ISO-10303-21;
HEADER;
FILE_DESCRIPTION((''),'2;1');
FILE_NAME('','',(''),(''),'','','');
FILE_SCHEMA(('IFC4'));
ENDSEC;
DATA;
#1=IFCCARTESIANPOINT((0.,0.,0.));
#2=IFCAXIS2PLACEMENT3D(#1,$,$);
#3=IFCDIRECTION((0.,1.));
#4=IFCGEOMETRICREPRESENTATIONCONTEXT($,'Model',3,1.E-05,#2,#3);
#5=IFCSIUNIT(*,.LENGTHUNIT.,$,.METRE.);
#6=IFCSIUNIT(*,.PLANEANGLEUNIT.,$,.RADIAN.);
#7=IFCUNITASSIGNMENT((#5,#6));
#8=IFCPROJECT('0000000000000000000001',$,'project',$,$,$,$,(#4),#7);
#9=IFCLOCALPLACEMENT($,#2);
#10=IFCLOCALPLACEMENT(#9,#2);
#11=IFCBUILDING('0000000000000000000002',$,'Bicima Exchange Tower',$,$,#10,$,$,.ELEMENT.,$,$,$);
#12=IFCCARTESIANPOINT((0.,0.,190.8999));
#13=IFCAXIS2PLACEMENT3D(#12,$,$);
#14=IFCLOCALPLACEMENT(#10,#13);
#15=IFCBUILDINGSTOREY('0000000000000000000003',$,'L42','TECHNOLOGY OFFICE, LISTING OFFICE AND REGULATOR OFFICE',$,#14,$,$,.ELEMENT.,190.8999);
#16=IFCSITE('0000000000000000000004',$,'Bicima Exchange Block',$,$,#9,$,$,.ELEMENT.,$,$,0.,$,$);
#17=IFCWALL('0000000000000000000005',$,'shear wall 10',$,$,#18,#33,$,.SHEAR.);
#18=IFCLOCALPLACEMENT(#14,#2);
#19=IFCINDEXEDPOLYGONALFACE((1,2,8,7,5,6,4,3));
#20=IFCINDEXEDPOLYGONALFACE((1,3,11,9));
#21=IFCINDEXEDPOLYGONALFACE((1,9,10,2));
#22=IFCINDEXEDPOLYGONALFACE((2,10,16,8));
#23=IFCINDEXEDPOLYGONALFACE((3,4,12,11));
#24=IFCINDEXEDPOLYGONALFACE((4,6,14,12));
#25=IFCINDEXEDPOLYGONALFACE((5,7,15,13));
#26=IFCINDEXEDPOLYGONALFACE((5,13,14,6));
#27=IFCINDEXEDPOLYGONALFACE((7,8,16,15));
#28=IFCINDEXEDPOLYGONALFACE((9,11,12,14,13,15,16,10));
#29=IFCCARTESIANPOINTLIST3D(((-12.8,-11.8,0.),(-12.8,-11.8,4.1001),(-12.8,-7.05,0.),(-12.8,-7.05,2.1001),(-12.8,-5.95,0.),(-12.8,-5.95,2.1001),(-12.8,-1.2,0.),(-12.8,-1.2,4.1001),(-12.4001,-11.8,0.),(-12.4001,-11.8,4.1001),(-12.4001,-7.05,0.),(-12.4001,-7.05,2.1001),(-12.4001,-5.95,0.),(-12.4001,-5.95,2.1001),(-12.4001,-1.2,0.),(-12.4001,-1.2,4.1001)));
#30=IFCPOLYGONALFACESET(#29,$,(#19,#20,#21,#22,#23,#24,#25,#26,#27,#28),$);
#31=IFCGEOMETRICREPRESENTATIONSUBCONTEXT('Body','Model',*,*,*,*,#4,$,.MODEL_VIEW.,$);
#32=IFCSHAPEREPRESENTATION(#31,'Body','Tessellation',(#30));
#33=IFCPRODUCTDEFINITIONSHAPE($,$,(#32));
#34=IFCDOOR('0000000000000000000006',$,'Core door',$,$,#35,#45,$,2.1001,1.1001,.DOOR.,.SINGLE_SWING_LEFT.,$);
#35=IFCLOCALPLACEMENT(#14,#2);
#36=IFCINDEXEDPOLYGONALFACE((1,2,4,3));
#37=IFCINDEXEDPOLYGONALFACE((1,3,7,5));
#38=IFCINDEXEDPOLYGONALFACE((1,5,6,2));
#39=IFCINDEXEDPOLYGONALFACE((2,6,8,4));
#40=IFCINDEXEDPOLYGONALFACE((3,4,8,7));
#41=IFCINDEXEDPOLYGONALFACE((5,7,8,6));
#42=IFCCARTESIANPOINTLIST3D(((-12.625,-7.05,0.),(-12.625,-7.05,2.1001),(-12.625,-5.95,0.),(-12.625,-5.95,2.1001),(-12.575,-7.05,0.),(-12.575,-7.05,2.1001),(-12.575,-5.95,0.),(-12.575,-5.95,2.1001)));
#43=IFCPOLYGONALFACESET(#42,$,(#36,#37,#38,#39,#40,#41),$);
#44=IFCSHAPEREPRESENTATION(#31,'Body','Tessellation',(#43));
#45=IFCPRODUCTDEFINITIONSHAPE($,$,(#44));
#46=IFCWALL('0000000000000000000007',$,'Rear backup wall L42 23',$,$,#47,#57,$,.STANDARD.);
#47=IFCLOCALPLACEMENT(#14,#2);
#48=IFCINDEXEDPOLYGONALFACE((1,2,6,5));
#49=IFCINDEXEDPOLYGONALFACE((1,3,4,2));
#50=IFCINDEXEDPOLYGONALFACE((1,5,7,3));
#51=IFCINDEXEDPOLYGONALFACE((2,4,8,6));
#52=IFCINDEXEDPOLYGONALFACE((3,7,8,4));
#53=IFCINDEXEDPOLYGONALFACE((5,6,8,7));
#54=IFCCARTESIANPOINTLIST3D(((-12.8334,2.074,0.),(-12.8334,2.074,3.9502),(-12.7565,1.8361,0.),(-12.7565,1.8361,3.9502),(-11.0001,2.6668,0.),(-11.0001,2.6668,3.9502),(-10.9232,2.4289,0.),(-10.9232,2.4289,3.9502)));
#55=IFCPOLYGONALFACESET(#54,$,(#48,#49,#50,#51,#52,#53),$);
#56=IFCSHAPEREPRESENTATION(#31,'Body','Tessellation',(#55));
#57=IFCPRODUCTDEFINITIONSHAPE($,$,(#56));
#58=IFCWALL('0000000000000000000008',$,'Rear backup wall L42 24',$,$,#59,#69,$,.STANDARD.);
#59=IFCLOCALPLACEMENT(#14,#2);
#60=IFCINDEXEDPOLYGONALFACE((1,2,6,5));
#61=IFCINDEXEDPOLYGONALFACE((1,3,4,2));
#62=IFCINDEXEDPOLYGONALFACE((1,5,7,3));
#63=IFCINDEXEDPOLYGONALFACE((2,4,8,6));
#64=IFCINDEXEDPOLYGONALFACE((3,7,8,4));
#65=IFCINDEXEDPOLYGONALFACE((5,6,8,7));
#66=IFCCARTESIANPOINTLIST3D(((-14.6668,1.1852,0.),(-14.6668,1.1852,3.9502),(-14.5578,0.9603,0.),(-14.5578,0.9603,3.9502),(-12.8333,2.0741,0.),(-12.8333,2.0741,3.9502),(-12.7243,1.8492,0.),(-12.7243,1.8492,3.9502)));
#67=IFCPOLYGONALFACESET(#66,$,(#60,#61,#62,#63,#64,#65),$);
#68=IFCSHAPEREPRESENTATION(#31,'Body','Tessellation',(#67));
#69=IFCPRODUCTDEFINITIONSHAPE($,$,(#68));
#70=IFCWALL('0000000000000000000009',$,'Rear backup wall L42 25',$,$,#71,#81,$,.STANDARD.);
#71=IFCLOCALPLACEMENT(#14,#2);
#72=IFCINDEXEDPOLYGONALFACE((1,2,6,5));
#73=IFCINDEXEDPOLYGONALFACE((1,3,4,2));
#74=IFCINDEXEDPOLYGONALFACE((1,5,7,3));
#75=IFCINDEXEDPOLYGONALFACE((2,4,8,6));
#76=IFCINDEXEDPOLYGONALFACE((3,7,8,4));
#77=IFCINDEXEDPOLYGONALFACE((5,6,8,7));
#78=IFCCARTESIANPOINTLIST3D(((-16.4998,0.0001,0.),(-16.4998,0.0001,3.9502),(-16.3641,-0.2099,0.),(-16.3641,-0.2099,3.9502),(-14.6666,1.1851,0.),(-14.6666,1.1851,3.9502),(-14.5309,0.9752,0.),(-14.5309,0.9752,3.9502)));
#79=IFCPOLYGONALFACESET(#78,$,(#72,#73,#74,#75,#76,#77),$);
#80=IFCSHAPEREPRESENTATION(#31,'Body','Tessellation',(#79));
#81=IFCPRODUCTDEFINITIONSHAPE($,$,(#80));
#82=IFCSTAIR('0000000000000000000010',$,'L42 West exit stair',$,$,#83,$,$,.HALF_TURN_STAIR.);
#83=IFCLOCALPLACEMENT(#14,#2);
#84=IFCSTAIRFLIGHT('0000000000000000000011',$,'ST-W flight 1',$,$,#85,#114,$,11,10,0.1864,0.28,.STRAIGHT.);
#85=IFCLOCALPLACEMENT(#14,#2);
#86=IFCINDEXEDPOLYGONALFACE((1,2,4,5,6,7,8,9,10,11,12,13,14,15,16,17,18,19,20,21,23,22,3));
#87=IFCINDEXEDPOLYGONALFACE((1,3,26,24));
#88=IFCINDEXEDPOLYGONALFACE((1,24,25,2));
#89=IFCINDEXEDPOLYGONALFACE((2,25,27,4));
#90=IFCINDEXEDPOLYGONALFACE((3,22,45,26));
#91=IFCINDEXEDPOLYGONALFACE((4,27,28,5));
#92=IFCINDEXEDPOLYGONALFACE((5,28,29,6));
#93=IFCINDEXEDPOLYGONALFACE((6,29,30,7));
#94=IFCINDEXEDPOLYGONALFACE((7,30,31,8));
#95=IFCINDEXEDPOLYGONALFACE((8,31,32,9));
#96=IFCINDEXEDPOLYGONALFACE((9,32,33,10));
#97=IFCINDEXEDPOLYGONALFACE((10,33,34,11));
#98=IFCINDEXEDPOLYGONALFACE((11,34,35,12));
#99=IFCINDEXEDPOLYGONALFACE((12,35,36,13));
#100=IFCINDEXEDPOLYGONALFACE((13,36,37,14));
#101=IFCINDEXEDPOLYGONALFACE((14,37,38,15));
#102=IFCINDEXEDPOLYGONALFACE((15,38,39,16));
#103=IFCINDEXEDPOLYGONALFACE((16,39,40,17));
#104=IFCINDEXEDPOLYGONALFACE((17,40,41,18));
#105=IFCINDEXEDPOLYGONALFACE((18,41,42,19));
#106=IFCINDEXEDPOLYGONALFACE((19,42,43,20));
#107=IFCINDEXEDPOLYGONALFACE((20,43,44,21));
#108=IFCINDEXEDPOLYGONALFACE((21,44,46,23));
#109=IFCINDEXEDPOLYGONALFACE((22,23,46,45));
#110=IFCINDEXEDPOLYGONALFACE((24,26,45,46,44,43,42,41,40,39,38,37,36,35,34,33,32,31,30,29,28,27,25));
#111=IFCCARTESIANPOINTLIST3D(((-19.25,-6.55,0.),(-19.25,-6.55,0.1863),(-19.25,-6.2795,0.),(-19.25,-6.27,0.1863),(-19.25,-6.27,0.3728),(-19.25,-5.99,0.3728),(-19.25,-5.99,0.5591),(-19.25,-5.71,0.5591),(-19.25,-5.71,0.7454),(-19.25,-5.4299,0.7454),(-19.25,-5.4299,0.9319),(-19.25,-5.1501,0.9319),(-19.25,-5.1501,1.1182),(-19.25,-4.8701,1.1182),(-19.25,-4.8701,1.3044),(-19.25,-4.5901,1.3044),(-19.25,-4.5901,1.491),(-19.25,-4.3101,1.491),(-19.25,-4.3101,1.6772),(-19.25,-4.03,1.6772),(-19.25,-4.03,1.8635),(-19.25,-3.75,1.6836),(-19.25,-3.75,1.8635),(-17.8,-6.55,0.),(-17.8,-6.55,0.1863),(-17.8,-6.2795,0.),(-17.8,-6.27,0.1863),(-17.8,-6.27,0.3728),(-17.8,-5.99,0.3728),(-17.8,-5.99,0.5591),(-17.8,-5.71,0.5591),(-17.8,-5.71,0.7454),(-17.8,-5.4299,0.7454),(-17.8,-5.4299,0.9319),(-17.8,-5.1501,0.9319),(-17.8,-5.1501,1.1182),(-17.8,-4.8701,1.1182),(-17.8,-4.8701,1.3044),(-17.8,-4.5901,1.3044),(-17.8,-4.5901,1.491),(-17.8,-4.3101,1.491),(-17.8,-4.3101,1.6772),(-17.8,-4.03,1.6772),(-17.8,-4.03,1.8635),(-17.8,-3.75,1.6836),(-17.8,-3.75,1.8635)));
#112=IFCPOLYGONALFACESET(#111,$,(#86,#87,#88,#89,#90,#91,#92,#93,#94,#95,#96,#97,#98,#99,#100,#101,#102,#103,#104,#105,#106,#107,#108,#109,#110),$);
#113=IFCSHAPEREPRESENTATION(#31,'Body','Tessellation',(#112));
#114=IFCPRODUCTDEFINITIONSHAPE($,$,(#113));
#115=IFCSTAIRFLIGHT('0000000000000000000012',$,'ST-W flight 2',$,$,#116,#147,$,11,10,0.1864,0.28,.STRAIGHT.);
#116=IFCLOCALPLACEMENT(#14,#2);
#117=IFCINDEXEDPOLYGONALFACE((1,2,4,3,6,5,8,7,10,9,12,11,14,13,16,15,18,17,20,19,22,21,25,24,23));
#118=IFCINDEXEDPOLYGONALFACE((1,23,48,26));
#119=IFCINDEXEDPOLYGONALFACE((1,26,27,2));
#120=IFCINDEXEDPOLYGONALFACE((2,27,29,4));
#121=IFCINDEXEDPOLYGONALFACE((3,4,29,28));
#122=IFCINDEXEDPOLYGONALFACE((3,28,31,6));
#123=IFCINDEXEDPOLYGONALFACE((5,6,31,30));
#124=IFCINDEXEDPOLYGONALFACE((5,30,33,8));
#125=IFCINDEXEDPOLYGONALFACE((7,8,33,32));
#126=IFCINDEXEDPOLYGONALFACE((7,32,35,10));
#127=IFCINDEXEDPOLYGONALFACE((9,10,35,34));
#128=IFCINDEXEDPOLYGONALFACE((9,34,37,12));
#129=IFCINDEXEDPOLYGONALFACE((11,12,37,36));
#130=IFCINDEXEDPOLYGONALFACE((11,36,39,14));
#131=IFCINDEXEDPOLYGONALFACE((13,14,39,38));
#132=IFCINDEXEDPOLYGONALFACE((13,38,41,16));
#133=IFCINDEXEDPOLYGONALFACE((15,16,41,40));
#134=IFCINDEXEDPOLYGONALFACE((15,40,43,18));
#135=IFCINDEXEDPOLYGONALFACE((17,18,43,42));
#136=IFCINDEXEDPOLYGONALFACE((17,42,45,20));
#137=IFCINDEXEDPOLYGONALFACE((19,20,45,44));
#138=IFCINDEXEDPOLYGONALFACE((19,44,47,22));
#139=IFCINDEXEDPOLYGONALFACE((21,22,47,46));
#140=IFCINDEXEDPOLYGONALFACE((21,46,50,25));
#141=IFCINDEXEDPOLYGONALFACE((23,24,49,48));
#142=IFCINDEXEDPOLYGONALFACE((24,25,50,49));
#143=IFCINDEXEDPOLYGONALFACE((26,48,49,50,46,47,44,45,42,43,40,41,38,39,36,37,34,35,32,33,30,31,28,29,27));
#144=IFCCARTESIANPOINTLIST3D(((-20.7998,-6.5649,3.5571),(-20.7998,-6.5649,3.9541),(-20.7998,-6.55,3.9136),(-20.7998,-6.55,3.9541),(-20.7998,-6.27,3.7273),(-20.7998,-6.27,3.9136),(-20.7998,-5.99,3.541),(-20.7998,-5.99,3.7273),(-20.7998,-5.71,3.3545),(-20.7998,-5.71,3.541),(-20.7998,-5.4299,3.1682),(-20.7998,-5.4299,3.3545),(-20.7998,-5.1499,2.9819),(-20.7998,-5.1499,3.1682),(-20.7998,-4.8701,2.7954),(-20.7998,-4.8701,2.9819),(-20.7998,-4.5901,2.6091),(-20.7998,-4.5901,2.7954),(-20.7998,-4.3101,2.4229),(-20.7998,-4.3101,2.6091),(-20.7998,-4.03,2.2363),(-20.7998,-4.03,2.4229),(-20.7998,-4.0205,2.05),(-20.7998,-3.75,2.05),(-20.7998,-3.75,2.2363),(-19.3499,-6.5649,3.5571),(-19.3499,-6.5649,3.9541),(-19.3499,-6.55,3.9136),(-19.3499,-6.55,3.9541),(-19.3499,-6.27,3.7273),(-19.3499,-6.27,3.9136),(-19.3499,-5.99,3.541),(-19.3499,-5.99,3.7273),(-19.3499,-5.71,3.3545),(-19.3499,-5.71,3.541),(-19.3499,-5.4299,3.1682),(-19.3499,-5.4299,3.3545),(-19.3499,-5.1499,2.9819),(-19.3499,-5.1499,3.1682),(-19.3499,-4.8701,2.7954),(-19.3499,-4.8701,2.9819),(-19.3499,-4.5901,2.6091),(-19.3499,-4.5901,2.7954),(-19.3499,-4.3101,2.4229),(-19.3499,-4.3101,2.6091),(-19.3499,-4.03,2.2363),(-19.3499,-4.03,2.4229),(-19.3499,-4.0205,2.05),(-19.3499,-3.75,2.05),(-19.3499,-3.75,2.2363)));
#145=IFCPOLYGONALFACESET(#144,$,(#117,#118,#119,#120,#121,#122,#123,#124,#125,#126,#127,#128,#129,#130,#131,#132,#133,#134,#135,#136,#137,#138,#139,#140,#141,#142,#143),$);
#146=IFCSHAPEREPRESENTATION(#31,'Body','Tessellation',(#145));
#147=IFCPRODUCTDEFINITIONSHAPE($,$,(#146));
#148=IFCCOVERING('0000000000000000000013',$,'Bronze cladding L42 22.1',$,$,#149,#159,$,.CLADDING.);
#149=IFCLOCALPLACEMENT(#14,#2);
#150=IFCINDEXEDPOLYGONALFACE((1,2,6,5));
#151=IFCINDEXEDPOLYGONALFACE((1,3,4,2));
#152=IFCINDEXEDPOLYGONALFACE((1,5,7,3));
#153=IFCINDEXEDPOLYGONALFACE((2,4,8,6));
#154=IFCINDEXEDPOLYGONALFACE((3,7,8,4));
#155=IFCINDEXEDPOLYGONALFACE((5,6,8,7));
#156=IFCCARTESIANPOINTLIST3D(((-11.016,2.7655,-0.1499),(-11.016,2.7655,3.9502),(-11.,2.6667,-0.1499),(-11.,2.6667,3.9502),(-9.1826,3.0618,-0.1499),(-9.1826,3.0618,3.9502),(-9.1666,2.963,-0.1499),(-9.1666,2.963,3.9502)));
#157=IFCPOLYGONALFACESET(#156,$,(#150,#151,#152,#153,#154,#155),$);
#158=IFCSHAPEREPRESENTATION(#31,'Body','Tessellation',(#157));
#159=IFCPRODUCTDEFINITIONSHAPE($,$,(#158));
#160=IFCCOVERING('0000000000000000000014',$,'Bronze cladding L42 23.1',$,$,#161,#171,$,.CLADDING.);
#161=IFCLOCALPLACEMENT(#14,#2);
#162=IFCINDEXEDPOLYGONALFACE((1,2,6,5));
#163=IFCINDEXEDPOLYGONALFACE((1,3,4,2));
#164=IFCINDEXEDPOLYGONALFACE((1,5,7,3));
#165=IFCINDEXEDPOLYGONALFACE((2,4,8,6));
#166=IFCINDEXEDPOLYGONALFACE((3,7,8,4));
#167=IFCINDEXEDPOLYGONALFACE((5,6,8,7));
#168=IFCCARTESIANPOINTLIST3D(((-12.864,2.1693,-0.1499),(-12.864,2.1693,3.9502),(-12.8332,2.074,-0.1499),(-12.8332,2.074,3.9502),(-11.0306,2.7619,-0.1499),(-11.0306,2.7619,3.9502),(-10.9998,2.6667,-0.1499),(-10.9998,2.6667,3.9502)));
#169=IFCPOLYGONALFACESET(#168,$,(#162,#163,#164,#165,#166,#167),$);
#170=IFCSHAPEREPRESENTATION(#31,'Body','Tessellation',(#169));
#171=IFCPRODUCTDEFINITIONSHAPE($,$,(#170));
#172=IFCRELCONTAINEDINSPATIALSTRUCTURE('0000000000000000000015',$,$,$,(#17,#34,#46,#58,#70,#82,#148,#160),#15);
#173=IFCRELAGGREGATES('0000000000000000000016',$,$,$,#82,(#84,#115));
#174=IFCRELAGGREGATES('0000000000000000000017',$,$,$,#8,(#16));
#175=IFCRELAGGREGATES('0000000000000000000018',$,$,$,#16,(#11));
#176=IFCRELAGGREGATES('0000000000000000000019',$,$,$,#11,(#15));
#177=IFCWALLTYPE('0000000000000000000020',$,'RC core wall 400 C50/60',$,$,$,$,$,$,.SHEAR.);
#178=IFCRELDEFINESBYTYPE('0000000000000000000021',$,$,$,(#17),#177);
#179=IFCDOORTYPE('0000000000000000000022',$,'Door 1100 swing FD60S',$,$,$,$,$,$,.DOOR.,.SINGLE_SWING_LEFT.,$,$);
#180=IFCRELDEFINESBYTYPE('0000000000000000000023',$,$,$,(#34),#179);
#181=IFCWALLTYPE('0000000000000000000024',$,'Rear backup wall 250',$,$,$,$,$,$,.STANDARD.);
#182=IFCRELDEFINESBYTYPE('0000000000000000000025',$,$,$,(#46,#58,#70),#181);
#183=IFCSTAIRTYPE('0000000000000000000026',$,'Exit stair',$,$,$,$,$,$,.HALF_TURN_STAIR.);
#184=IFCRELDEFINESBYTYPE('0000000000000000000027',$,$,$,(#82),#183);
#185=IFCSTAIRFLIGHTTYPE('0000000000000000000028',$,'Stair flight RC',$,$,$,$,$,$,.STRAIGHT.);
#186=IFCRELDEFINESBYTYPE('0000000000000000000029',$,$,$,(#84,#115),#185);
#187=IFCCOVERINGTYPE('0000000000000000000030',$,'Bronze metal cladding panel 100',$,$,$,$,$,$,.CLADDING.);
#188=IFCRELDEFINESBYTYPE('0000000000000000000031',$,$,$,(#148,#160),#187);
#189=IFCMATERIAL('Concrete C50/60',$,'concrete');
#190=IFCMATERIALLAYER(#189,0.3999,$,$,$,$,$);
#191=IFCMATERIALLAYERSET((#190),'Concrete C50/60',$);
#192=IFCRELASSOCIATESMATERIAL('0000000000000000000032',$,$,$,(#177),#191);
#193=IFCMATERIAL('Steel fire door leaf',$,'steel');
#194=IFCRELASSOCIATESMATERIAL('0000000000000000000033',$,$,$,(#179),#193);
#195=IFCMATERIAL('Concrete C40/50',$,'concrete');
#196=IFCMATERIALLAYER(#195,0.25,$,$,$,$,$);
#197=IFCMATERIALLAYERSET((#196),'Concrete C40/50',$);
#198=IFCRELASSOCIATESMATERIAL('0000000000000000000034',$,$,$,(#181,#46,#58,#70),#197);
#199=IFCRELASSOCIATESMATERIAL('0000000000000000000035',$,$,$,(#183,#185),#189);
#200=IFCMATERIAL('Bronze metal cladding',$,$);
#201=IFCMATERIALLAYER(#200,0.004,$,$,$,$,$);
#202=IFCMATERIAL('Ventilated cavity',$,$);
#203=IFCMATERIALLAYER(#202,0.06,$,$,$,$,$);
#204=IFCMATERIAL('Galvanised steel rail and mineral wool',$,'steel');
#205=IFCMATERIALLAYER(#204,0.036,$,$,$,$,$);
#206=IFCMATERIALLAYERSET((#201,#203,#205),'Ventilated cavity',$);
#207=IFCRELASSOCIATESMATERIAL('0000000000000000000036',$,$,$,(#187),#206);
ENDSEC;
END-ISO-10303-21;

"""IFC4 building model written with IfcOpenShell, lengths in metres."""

from ifc_helpers import new_model, si_unit, direction, frame, frame_2d, origin, origin_2d, place, context, subcontext, project, spatial, polyline, rectangle, outline, extrude, material, layer, layer_set, layer_usage, type_object, element, fill, aggregate, save


model = new_model("IFC4")

# Units and contexts
model_context = context("Model", 3, precision=1e-05, world=origin(), true_north=direction((0.0, 1.0)))
body_context = subcontext(model_context, "Body", "Model", "MODEL_VIEW")
ifc_project = project(units=[si_unit("LENGTHUNIT", "METRE"), si_unit("PLANEANGLEUNIT", "RADIAN")], contexts=[model_context])

# Site, building, storey
site_placement = place(None, origin())
site = spatial("IfcSite", under=ifc_project, at=site_placement, Name="Bicima Exchange Block", CompositionType="ELEMENT", RefElevation=0.0)
building_placement = place(site_placement, origin())
building = spatial("IfcBuilding", under=site, at=building_placement, Name="Bicima Exchange Tower", CompositionType="ELEMENT")
storey_placement = place(building_placement, frame((0.0, 0.0, 190.8999)))
storey = spatial("IfcBuildingStorey", under=building, at=storey_placement, Name="L42", Description="TECHNOLOGY OFFICE, LISTING OFFICE AND REGULATOR OFFICE", CompositionType="ELEMENT", Elevation=190.8999)

# Shared definitions
ifc_material_1 = material(Name="Concrete C50/60", Category="concrete")
ifc_layer_1 = layer(ifc_material_1, 0.3999)
ifc_layer_set_1 = layer_set([ifc_layer_1], Name="Concrete C50/60")
wall_type_1 = type_object("IfcWallType", Name="RC core wall 400 C50/60", PredefinedType="SHEAR", material=ifc_layer_set_1)
ifc_material_2 = material(Name="Steel fire door leaf", Category="steel")
door_type_1 = type_object("IfcDoorType", Name="Door 1100 swing FD60S", OperationType="SINGLE_SWING_LEFT", PredefinedType="DOOR", material=ifc_material_2)

# Wall, opening, door
wall_1_placement = place(storey_placement, frame((-12.6001, -11.8, 0.0), z_axis=(0.0, 0.0, 1.0), x_axis=(0.0, 1.0, 0.0)))
wall_1 = element("IfcWall", 1, at=wall_1_placement, inside=storey, type_object=wall_type_1, Name="shear wall 10", PredefinedType="SHEAR", context=body_context, shape_type="SweptSolid", body=[
    extrude(rectangle(XDim=10.6001, YDim=0.3999, at=frame_2d((5.3, 0.0))), origin(), (0.0, 0.0, 1.0), 4.1001),
])
opening_1_placement = place(wall_1_placement, frame((4.75, 0.0, 0.0)))
opening_1 = element("IfcOpeningElement", 2, at=opening_1_placement, cuts=wall_1, PredefinedType="OPENING", context=body_context, shape_type="SweptSolid", body=[
    extrude(rectangle(XDim=1.1001, YDim=2.1001, at=frame_2d((0.55, 1.05))), frame((0.0, 0.2119, 0.0), z_axis=(0.0, -1.0, 0.0), x_axis=(1.0, 0.0, 0.0)), (0.0, 0.0, 1.0), 0.4238),
])
door_1_placement = place(opening_1_placement, origin())
door_1 = element("IfcDoor", 3, at=door_1_placement, inside=storey, type_object=door_type_1, Name="Core door", OperationType="SINGLE_SWING_LEFT", OverallHeight=2.1001, OverallWidth=1.1001, PredefinedType="DOOR", context=body_context, shape_type="SweptSolid", body=[
    extrude(rectangle(XDim=1.1001, YDim=2.1001, at=frame_2d((0.55, 1.05))), frame((0.0, 0.0249, 0.0), z_axis=(0.0, -1.0, 0.0), x_axis=(1.0, 0.0, 0.0)), (0.0, 0.0, 1.0), 0.05),
])
fill(opening_1, door_1)

# Walls
ifc_material_3 = material(Name="Concrete C40/50", Category="concrete")
ifc_layer_2 = layer(ifc_material_3, 0.25)
ifc_layer_set_2 = layer_set([ifc_layer_2], Name="Concrete C40/50")
ifc_layer_usage = layer_usage(ifc_layer_set_2, "AXIS2", "POSITIVE", -0.125)
wall_type_2 = type_object("IfcWallType", Name="Rear backup wall 250", PredefinedType="STANDARD", material=ifc_layer_set_2)
wall_2_placement = place(storey_placement, frame((-10.9617, 2.5479, 0.0), z_axis=(0.0, 0.0, 1.0), x_axis=(-0.951496, -0.307662, 0.0)))
element("IfcWall", 4, at=wall_2_placement, inside=storey, type_object=wall_type_2, material=ifc_layer_usage, Name="Rear backup wall L42 23", PredefinedType="STANDARD", context=body_context, shape_type="SweptSolid", body=[
    extrude(rectangle(XDim=1.9268, YDim=0.25, at=frame_2d((0.9634, 0.0))), origin(), (0.0, 0.0, 1.0), 3.9502),
])
wall_3_placement = place(storey_placement, frame((-12.7788, 1.9617, 0.0), z_axis=(0.0, 0.0, 1.0), x_axis=(-0.899824, -0.436253, 0.0)))
element("IfcWall", 5, at=wall_3_placement, inside=storey, type_object=wall_type_2, material=ifc_layer_usage, Name="Rear backup wall L42 24", PredefinedType="STANDARD", context=body_context, shape_type="SweptSolid", body=[
    extrude(rectangle(XDim=2.0376, YDim=0.25, at=frame_2d((1.0188, 0.0))), origin(), (0.0, 0.0, 1.0), 3.9502),
])
wall_4_placement = place(storey_placement, frame((-14.5989, 1.0801, 0.0), z_axis=(0.0, 0.0, 1.0), x_axis=(-0.839813, -0.542876, 0.0)))
element("IfcWall", 6, at=wall_4_placement, inside=storey, type_object=wall_type_2, material=ifc_layer_usage, Name="Rear backup wall L42 25", PredefinedType="STANDARD", context=body_context, shape_type="SweptSolid", body=[
    extrude(rectangle(XDim=2.1829, YDim=0.25, at=frame_2d((1.0913, 0.0))), origin(), (0.0, 0.0, 1.0), 3.9502),
])

# Stair, stair flights
stair_type = type_object("IfcStairType", Name="Exit stair", PredefinedType="HALF_TURN_STAIR", material=ifc_material_1)
stair_placement = place(storey_placement, origin())
stair = element("IfcStair", 7, at=stair_placement, inside=storey, type_object=stair_type, Name="L42 West exit stair", PredefinedType="HALF_TURN_STAIR")
stair_flight_type = type_object("IfcStairFlightType", Name="Stair flight RC", PredefinedType="STRAIGHT", material=ifc_material_1)
stair_flight_1_placement = place(storey_placement, frame((-18.5249, -6.55, 0.0), z_axis=(0.0, 0.0, 1.0), x_axis=(0.0, 1.0, 0.0)))
stair_flight_1 = element("IfcStairFlight", 8, at=stair_flight_1_placement, type_object=stair_flight_type, Name="ST-W flight 1", NumberOfRisers=11, NumberOfTreads=10, PredefinedType="STRAIGHT", RiserHeight=0.1864, TreadLength=0.28, context=body_context, shape_type="SweptSolid", body=[
    extrude(outline(polyline([(0.0, 0.0), (0.0, 0.1863), (0.28, 0.1863), (0.28, 0.3728), (0.5601, 0.3728), (0.5601, 0.5591), (0.8401, 0.5591), (0.8401, 0.7454), (1.1201, 0.7454), (1.1201, 0.9319), (1.3999, 0.9319), (1.3999, 1.1182), (1.6799, 1.1182), (1.6799, 1.3044), (1.96, 1.3044), (1.96, 1.491), (2.24, 1.491), (2.24, 1.6772), (2.52, 1.6772), (2.52, 1.8635), (2.8, 1.8635), (2.8, 2.05), (2.8, 1.6836), (0.2705, 0.0), (0.0, 0.0)])), frame((0.0, 0.7251, 0.0), z_axis=(0.0, -1.0, 0.0), x_axis=(1.0, 0.0, 0.0)), (0.0, 0.0, 1.0), 1.45),
])
stair_flight_2_placement = place(storey_placement, frame((-20.075, -3.75, 2.05), z_axis=(0.0, 0.0, 1.0), x_axis=(0.0, -1.0, 0.0)))
stair_flight_2 = element("IfcStairFlight", 9, at=stair_flight_2_placement, type_object=stair_flight_type, Name="ST-W flight 2", NumberOfRisers=11, NumberOfTreads=10, PredefinedType="STRAIGHT", RiserHeight=0.1864, TreadLength=0.28, context=body_context, shape_type="SweptSolid", body=[
    extrude(outline(polyline([(0.0, 0.0), (0.0, 0.1863), (0.28, 0.1863), (0.28, 0.3728), (0.5601, 0.3728), (0.5601, 0.5591), (0.8401, 0.5591), (0.8401, 0.7454), (1.1201, 0.7454), (1.1201, 0.9319), (1.3999, 0.9319), (1.3999, 1.1182), (1.6799, 1.1182), (1.6799, 1.3044), (1.96, 1.3044), (1.96, 1.491), (2.24, 1.491), (2.24, 1.6772), (2.52, 1.6772), (2.52, 1.8635), (2.8, 1.8635), (2.8, 1.9041), (2.8149, 1.9041), (2.8149, 1.5071), (0.2705, 0.0), (0.0, 0.0)])), frame((0.0, 0.7251, 0.0), z_axis=(0.0, -1.0, 0.0), x_axis=(1.0, 0.0, 0.0)), (0.0, 0.0, 1.0), 1.45),
])
aggregate(stair, [stair_flight_1, stair_flight_2])

# Coverings
ifc_material_4 = material(Name="Bronze metal cladding")
ifc_layer_3 = layer(ifc_material_4, 0.004)
ifc_material_5 = material(Name="Ventilated cavity")
ifc_layer_4 = layer(ifc_material_5, 0.06)
ifc_material_6 = material(Name="Galvanised steel rail and mineral wool", Category="steel")
ifc_layer_5 = layer(ifc_material_6, 0.036)
ifc_layer_set_3 = layer_set([ifc_layer_3, ifc_layer_4, ifc_layer_5], Name="Ventilated cavity")
covering_type = type_object("IfcCoveringType", Name="Bronze metal cladding panel 100", PredefinedType="CLADDING", material=ifc_layer_set_3)
covering_1_placement = place(storey_placement, frame((-10.0913, 2.8643, -0.1499), z_axis=(0.0, 0.0, 1.0), x_axis=(-0.98719, -0.15955, 0.0)))
element("IfcCovering", 10, at=covering_1_placement, inside=storey, type_object=covering_type, Name="Bronze cladding L42 22.1", PredefinedType="CLADDING", context=body_context, shape_type="SweptSolid", body=[
    extrude(rectangle(XDim=1.8572, YDim=0.1001, at=origin_2d()), origin(), (0.0, 0.0, 1.0), 4.1001),
])
covering_2_placement = place(storey_placement, frame((-11.9319, 2.418, -0.1499), z_axis=(0.0, 0.0, 1.0), x_axis=(-0.951525, -0.307573, 0.0)))
element("IfcCovering", 11, at=covering_2_placement, inside=storey, type_object=covering_type, Name="Bronze cladding L42 23.1", PredefinedType="CLADDING", context=body_context, shape_type="SweptSolid", body=[
    extrude(rectangle(XDim=1.9268, YDim=0.1001, at=origin_2d()), origin(), (0.0, 0.0, 1.0), 4.1001),
])

save(model, "model.ifc")
